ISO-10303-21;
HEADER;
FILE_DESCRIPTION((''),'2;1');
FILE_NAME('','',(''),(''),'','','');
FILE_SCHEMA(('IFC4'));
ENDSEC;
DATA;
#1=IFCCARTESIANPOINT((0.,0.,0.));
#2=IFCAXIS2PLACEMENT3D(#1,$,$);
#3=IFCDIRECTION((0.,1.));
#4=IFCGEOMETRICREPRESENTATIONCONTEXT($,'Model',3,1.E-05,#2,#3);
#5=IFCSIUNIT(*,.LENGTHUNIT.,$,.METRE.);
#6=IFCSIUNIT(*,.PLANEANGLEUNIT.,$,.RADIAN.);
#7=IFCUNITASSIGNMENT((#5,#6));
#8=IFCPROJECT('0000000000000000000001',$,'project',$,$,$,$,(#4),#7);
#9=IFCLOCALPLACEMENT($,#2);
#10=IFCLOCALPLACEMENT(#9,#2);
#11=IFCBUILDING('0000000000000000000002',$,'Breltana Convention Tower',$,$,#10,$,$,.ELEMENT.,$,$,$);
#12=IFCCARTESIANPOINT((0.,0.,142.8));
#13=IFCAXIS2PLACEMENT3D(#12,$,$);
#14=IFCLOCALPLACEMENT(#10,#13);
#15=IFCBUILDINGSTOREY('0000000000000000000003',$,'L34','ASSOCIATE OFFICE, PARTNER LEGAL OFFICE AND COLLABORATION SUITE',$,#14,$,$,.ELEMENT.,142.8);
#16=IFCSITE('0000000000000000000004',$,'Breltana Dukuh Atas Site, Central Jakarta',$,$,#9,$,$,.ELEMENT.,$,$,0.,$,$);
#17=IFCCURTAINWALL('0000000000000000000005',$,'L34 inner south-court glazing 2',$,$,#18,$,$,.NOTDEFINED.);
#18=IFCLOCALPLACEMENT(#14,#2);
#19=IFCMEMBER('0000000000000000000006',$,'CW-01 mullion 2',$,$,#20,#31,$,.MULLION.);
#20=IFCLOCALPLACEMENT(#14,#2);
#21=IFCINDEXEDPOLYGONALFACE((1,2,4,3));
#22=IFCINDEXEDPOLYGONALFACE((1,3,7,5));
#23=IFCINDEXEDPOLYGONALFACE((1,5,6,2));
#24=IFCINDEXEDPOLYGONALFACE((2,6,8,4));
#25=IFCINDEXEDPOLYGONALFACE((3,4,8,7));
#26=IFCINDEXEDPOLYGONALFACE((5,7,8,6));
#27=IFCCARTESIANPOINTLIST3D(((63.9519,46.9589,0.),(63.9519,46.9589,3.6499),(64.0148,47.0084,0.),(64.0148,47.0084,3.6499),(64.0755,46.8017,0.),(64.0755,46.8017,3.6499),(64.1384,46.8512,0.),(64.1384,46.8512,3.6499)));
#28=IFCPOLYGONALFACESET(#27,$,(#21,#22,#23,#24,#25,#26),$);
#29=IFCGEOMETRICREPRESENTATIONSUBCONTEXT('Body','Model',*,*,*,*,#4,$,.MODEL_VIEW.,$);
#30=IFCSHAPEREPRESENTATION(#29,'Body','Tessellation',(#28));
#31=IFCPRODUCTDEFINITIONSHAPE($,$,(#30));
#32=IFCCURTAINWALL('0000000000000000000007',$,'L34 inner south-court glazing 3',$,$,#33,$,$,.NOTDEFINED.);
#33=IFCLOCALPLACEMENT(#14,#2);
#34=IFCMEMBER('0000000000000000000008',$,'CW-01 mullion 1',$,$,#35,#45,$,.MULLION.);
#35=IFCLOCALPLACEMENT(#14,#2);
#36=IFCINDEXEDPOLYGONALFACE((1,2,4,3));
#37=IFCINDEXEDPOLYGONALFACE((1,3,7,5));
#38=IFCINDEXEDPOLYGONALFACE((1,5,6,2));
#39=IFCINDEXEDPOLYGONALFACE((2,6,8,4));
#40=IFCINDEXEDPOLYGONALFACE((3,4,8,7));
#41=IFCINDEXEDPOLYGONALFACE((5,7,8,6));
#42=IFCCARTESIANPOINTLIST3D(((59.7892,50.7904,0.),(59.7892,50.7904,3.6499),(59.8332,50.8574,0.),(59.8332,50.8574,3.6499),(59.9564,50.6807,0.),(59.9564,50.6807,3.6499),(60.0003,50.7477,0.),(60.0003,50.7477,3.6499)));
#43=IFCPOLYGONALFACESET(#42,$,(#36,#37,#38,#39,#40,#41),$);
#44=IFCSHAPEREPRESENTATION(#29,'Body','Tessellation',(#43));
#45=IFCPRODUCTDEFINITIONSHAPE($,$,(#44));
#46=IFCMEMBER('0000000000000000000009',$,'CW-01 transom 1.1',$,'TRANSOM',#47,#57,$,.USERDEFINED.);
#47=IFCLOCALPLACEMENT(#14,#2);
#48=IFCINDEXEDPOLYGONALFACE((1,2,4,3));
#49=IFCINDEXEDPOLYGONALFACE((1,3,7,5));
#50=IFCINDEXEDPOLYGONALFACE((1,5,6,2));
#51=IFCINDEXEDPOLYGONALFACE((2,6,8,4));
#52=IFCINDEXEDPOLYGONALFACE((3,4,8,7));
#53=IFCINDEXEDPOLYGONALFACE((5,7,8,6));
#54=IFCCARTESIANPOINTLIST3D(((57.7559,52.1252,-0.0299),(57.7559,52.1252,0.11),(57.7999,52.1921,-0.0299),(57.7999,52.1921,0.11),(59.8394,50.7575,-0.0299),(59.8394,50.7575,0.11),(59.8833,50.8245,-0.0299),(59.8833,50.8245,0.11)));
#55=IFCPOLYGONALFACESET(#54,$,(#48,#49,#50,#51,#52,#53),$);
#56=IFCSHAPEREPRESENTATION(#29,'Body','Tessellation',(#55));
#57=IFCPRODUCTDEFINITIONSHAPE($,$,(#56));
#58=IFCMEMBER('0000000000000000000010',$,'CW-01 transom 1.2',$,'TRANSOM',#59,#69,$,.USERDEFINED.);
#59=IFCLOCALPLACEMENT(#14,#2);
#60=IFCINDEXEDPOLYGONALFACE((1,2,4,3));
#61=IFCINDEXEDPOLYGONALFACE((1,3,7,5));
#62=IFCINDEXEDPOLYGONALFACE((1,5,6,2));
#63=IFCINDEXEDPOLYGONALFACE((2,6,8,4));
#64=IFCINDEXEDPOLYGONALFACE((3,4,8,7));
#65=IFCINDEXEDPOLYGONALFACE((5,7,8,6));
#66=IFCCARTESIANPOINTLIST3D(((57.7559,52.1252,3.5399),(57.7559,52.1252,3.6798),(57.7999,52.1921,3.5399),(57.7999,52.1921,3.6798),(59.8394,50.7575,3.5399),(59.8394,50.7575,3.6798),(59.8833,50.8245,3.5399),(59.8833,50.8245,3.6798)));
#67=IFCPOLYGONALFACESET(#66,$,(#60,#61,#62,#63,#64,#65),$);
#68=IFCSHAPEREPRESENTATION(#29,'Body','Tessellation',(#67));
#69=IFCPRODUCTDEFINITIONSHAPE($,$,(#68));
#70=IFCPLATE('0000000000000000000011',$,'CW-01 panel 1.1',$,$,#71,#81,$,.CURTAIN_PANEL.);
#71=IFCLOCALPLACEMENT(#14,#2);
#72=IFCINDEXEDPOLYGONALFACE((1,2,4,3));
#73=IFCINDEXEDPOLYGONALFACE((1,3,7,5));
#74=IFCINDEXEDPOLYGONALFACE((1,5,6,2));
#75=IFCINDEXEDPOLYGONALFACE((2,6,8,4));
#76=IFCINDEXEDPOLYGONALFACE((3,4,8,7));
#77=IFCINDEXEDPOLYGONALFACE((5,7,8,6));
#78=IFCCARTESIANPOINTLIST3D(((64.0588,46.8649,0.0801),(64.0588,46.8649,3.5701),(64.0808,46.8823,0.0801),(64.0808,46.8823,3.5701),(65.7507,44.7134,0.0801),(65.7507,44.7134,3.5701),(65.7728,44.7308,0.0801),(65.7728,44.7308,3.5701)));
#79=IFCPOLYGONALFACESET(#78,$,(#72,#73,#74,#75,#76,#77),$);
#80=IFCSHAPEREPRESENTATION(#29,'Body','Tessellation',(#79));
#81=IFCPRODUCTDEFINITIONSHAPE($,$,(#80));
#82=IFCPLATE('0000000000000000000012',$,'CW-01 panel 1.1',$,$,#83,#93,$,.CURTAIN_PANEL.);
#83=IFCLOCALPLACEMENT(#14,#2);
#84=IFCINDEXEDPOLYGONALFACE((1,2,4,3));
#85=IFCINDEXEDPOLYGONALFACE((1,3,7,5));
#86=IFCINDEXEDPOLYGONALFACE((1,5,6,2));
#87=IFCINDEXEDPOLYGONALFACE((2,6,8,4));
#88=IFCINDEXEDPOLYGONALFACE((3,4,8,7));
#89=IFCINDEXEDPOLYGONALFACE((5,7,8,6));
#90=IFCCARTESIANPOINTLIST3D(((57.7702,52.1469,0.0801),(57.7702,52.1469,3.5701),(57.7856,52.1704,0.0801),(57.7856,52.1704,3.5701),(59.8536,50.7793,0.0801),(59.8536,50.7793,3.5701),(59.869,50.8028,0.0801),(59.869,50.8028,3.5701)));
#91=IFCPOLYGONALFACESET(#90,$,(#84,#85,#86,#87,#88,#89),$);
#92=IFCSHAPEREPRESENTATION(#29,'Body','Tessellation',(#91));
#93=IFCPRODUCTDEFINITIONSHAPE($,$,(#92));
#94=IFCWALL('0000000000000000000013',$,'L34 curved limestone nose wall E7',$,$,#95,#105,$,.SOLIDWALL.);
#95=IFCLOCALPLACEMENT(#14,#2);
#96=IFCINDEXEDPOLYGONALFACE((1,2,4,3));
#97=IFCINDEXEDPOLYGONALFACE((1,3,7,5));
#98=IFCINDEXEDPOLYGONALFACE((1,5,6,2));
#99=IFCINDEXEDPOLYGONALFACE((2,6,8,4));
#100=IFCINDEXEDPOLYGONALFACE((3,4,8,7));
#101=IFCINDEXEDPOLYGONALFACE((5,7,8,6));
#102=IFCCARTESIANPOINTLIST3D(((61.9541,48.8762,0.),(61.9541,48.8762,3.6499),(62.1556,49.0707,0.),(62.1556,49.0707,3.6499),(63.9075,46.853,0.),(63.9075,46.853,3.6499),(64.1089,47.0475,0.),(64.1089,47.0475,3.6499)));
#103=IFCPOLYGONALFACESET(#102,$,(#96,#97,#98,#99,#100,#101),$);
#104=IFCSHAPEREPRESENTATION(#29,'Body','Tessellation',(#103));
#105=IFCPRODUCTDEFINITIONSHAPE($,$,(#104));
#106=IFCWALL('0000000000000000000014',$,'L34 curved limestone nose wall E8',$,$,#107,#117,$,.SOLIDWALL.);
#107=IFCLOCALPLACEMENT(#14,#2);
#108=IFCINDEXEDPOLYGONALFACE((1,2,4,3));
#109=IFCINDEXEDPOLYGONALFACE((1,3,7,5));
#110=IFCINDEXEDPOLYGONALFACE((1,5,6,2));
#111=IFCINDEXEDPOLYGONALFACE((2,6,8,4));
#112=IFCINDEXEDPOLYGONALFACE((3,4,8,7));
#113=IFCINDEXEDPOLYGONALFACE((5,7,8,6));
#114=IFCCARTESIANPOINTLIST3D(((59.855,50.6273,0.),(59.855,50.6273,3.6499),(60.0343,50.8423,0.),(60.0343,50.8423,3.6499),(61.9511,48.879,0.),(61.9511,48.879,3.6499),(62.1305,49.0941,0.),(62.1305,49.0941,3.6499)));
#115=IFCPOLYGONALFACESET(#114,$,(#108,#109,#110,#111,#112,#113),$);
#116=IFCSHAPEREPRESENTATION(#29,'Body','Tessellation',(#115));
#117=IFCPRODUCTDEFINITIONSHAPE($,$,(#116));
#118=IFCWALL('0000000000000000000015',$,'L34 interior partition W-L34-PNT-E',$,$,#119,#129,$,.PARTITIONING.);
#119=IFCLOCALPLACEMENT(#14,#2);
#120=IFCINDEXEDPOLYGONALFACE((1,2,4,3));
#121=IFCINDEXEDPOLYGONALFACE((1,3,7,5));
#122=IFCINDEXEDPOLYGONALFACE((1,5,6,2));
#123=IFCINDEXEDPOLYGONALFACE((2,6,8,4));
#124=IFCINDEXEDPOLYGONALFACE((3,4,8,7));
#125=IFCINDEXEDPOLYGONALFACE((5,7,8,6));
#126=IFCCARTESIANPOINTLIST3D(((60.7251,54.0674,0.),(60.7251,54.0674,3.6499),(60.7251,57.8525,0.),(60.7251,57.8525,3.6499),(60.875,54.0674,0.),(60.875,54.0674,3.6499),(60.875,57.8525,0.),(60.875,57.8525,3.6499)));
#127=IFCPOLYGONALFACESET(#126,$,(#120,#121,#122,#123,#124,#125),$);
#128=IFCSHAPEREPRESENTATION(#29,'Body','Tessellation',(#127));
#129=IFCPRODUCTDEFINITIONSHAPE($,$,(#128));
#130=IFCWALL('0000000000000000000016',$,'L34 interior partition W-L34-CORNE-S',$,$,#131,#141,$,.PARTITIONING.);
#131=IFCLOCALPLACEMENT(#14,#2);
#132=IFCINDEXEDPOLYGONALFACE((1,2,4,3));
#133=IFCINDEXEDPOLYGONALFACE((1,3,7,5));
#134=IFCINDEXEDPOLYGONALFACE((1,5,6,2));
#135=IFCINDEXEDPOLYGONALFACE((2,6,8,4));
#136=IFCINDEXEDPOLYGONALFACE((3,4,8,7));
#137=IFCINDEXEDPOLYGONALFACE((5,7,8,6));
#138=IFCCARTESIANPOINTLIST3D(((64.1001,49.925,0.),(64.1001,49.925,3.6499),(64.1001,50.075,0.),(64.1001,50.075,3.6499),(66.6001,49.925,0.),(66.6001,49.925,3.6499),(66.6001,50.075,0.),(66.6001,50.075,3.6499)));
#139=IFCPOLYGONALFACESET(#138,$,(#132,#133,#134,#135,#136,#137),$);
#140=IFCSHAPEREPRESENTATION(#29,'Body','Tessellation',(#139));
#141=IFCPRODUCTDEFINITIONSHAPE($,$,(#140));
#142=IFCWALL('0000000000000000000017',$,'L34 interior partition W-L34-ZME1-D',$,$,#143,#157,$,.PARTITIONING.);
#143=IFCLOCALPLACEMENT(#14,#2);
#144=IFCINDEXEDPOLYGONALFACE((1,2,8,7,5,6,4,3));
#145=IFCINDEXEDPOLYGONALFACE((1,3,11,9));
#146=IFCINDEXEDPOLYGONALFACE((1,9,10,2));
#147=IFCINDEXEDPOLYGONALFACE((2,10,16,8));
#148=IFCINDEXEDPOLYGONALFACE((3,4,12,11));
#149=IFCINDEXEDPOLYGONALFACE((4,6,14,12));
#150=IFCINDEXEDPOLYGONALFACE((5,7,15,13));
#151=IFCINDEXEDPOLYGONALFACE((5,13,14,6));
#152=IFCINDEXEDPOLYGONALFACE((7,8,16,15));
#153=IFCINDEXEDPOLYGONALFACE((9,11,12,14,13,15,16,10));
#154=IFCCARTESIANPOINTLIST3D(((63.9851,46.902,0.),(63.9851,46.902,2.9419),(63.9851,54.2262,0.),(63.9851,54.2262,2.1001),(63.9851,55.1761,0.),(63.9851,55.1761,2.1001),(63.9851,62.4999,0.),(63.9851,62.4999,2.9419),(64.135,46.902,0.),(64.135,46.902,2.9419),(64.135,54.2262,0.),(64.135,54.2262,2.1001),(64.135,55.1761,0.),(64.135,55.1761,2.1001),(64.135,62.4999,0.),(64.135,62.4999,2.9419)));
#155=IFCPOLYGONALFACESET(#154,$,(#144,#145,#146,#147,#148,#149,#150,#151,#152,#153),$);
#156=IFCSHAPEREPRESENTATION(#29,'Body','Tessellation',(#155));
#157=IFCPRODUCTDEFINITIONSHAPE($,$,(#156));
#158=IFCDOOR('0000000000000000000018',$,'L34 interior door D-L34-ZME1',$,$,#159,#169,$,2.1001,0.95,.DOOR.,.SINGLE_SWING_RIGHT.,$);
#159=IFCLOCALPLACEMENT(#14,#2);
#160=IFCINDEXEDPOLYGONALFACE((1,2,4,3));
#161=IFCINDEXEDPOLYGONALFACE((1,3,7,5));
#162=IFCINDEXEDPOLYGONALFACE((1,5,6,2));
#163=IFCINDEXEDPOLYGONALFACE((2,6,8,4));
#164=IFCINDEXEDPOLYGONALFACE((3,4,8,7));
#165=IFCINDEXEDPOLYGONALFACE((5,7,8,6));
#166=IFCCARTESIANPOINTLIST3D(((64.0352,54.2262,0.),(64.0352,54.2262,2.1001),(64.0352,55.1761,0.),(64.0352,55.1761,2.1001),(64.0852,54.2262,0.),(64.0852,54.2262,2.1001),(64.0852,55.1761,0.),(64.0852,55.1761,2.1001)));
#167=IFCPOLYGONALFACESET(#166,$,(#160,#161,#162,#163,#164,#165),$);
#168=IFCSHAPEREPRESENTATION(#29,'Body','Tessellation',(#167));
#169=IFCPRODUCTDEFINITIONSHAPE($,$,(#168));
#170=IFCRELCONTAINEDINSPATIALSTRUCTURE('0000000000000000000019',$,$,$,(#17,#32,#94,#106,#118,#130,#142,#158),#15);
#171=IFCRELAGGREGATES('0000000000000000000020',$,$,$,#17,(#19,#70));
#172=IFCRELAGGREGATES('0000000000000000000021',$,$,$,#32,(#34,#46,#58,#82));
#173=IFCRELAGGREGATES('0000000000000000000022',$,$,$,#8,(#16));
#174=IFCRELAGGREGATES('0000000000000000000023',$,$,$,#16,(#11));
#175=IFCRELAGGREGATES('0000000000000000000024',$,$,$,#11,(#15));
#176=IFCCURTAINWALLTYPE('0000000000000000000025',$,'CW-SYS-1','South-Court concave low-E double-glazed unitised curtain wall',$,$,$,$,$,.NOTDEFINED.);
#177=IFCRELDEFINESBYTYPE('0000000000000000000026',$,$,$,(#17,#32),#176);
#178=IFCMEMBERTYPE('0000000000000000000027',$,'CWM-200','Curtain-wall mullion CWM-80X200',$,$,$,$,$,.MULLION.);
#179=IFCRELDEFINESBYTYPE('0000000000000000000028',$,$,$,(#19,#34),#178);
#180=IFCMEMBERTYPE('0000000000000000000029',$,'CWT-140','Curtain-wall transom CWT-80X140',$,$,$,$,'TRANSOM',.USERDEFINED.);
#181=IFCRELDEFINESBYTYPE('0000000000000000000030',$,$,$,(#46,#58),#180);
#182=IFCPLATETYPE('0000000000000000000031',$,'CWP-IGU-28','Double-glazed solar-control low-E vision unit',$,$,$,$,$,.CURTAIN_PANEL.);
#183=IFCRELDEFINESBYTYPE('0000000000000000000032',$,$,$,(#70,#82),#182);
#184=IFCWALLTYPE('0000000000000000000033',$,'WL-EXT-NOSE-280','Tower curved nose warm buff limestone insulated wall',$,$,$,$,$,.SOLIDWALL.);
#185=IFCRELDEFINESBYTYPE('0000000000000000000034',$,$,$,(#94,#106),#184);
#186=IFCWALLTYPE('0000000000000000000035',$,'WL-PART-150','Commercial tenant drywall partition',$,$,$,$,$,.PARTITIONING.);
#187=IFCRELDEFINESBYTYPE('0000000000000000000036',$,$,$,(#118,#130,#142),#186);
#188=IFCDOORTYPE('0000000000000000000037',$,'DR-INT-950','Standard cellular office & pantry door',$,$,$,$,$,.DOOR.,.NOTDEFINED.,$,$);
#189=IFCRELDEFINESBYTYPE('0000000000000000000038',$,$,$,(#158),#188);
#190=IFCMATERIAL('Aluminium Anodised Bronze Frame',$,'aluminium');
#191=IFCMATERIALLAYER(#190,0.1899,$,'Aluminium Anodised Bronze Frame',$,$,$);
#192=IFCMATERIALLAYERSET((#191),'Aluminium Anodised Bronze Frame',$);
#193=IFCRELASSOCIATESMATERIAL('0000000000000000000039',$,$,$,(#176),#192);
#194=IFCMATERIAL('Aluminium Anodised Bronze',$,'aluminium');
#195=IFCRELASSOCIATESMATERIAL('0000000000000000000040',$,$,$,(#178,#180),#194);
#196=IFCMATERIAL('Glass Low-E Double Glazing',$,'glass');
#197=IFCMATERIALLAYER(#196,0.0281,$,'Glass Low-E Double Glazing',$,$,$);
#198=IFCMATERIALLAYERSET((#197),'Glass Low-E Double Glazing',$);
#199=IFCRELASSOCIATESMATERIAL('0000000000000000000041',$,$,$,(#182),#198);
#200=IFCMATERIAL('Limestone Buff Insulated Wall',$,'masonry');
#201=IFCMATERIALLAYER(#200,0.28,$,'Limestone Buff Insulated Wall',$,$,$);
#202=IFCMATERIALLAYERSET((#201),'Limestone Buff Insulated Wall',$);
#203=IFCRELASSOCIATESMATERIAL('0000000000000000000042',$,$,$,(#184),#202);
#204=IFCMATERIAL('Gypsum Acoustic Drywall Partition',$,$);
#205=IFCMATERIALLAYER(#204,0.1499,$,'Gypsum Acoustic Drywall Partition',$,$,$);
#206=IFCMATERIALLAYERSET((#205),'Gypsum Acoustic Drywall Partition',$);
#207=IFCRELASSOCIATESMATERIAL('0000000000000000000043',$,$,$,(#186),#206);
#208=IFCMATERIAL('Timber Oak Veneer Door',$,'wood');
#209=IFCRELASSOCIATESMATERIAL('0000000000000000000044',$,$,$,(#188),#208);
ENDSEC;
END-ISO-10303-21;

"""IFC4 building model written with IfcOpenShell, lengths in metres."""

from ifc_helpers import new_model, si_unit, direction, frame, frame_2d, origin, origin_2d, place, context, subcontext, project, spatial, rectangle, extrude, source, transform, mapped, material, layer, layer_set, material_profile, profile_set, type_object, type_shapes, element, fill, aggregate, save


model = new_model("IFC4")

# Units and contexts
model_context = context("Model", 3, precision=1e-05, world=origin(), true_north=direction((0.0, 1.0)))
body_context = subcontext(model_context, "Body", "Model", "MODEL_VIEW")
ifc_project = project(units=[si_unit("LENGTHUNIT", "METRE"), si_unit("PLANEANGLEUNIT", "RADIAN")], contexts=[model_context])

# Site, building, storey
site_placement = place(None, origin())
site = spatial("IfcSite", under=ifc_project, at=site_placement, Name="Breltana Dukuh Atas Site, Central Jakarta", CompositionType="ELEMENT", RefElevation=0.0)
building_placement = place(site_placement, origin())
building = spatial("IfcBuilding", under=site, at=building_placement, Name="Breltana Convention Tower", CompositionType="ELEMENT")
storey_placement = place(building_placement, frame((0.0, 0.0, 142.8)))
storey = spatial("IfcBuildingStorey", under=building, at=storey_placement, Name="L34", Description="ASSOCIATE OFFICE, PARTNER LEGAL OFFICE AND COLLABORATION SUITE", CompositionType="ELEMENT", Elevation=142.8)

# Curtain wall, member
ifc_material_1 = material(Name="Aluminium Anodised Bronze Frame", Category="aluminium")
ifc_layer_1 = layer(ifc_material_1, 0.1899, Name="Aluminium Anodised Bronze Frame")
ifc_layer_set_1 = layer_set([ifc_layer_1], Name="Aluminium Anodised Bronze Frame")
curtain_wall_type = type_object("IfcCurtainWallType", Name="CW-SYS-1", Description="South-Court concave low-E double-glazed unitised curtain wall", PredefinedType="NOTDEFINED", material=ifc_layer_set_1)
curtain_wall_1_placement = place(storey_placement, origin())
curtain_wall_1 = element("IfcCurtainWall", 1, at=curtain_wall_1_placement, inside=storey, type_object=curtain_wall_type, Name="L34 inner south-court glazing 2", PredefinedType="NOTDEFINED")
ifc_material_2 = material(Name="Aluminium Anodised Bronze", Category="aluminium")
ifc_material_profile_1 = material_profile(ifc_material_2, rectangle(XDim=0.0801, YDim=0.2, at=origin_2d()), Name="CWM-80X200")
ifc_profile_set_1 = profile_set([ifc_material_profile_1], Name="Aluminium Anodised Bronze")
member_type_1 = type_object("IfcMemberType", Name="CWM-200", Description="Curtain-wall mullion CWM-80X200", PredefinedType="MULLION", material=ifc_profile_set_1)
shared_shape_1 = source(origin(), body_context, "Body", "SweptSolid", [
    extrude(rectangle(XDim=0.0801, YDim=0.2, at=origin_2d()), origin(), (0.0, 0.0, 1.0), 3.6499),
])
member_1_placement = place(storey_placement, frame((64.0452, 46.905, 0.0), z_axis=(0.0, 0.0, 1.0), x_axis=(-0.786051, -0.618161, 0.0)))
member_1 = element("IfcMember", 2, at=member_1_placement, type_object=member_type_1, Name="CW-01 mullion 2", PredefinedType="MULLION", context=body_context, shape_type="MappedRepresentation", body=[
    mapped(shared_shape_1, transform((0.0, 0.0, 0.0), scale=1.0)),
])

# Curtain wall, members
curtain_wall_2_placement = place(storey_placement, origin())
curtain_wall_2 = element("IfcCurtainWall", 3, at=curtain_wall_2_placement, inside=storey, type_object=curtain_wall_type, Name="L34 inner south-court glazing 3", PredefinedType="NOTDEFINED")
member_2_placement = place(storey_placement, frame((59.8948, 50.769, 0.0), z_axis=(0.0, 0.0, 1.0), x_axis=(-0.548752, -0.835985, 0.0)))
member_2 = element("IfcMember", 4, at=member_2_placement, type_object=member_type_1, Name="CW-01 mullion 1", PredefinedType="MULLION", context=body_context, shape_type="MappedRepresentation", body=[
    mapped(shared_shape_1, transform((0.0, 0.0, 0.0), scale=1.0)),
])
ifc_material_profile_2 = material_profile(ifc_material_2, rectangle(XDim=0.0801, YDim=0.1399, at=origin_2d()), Name="CWT-80X140")
ifc_profile_set_2 = profile_set([ifc_material_profile_2], Name="Aluminium Anodised Bronze")
member_type_2 = type_object("IfcMemberType", Name="CWT-140", Description="Curtain-wall transom CWT-80X140", ElementType="TRANSOM", PredefinedType="USERDEFINED", material=ifc_profile_set_2)
shared_shape_2 = source(origin(), body_context, "Body", "SweptSolid", [
    extrude(rectangle(XDim=0.0801, YDim=0.1399, at=origin_2d()), origin(), (0.0, 0.0, 1.0), 2.4922),
])
member_3_placement = place(storey_placement, frame((59.8613, 50.791, 0.04), z_axis=(-0.835978, 0.548763, 0.0), x_axis=(-0.548763, -0.835978, 0.0)))
member_3 = element("IfcMember", 5, at=member_3_placement, type_object=member_type_2, Name="CW-01 transom 1.1", ObjectType="TRANSOM", PredefinedType="USERDEFINED", context=body_context, shape_type="MappedRepresentation", body=[
    mapped(shared_shape_2, transform((0.0, 0.0, 0.0), scale=1.0)),
])
member_4_placement = place(storey_placement, frame((59.8613, 50.791, 3.6099), z_axis=(-0.835978, 0.548763, 0.0), x_axis=(-0.548763, -0.835978, 0.0)))
member_4 = element("IfcMember", 6, at=member_4_placement, type_object=member_type_2, Name="CW-01 transom 1.2", ObjectType="TRANSOM", PredefinedType="USERDEFINED", context=body_context, shape_type="MappedRepresentation", body=[
    mapped(shared_shape_2, transform((0.0, 0.0, 0.0), scale=1.0)),
])

# Plates
ifc_material_3 = material(Name="Glass Low-E Double Glazing", Category="glass")
ifc_layer_2 = layer(ifc_material_3, 0.0281, Name="Glass Low-E Double Glazing")
ifc_layer_set_2 = layer_set([ifc_layer_2], Name="Glass Low-E Double Glazing")
plate_type = type_object("IfcPlateType", Name="CWP-IGU-28", Description="Double-glazed solar-control low-E vision unit", PredefinedType="CURTAIN_PANEL", material=ifc_layer_set_2)
shared_shape_3 = source(origin(), body_context, "Body", "SweptSolid", [
    extrude(rectangle(XDim=2.7371, YDim=0.0281, at=origin_2d()), origin(), (0.0, 0.0, 1.0), 3.49),
])
plate_1_placement = place(storey_placement, frame((64.9158, 45.7979, 0.0801), z_axis=(0.0, 0.0, 1.0), x_axis=(-0.618161, 0.786051, 0.0)))
plate_1 = element("IfcPlate", 7, at=plate_1_placement, type_object=plate_type, Name="CW-01 panel 1.1", PredefinedType="CURTAIN_PANEL", context=body_context, shape_type="MappedRepresentation", body=[
    mapped(shared_shape_3, transform((0.0, 0.0, 0.0), scale=1.0)),
])
aggregate(curtain_wall_1, [member_1, plate_1])
shared_shape_4 = source(origin(), body_context, "Body", "SweptSolid", [
    extrude(rectangle(XDim=2.4922, YDim=0.0281, at=origin_2d()), origin(), (0.0, 0.0, 1.0), 3.49),
])
plate_2_placement = place(storey_placement, frame((58.8196, 51.4749, 0.0801), z_axis=(0.0, 0.0, 1.0), x_axis=(-0.835985, 0.548752, 0.0)))
plate_2 = element("IfcPlate", 8, at=plate_2_placement, type_object=plate_type, Name="CW-01 panel 1.1", PredefinedType="CURTAIN_PANEL", context=body_context, shape_type="MappedRepresentation", body=[
    mapped(shared_shape_4, transform((0.0, 0.0, 0.0), scale=1.0)),
])
aggregate(curtain_wall_2, [member_2, member_3, member_4, plate_2])

# Walls
ifc_material_4 = material(Name="Limestone Buff Insulated Wall", Category="masonry")
ifc_layer_3 = layer(ifc_material_4, 0.28, Name="Limestone Buff Insulated Wall")
ifc_layer_set_3 = layer_set([ifc_layer_3], Name="Limestone Buff Insulated Wall")
wall_type_1 = type_object("IfcWallType", Name="WL-EXT-NOSE-280", Description="Tower curved nose warm buff limestone insulated wall", PredefinedType="SOLIDWALL", material=ifc_layer_set_3)
shared_shape_5 = source(origin(), body_context, "Body", "SweptSolid", [
    extrude(rectangle(XDim=2.8123, YDim=0.28, at=frame_2d((1.4062, 0.0))), origin(), (0.0, 0.0, 1.0), 3.6499),
])
wall_1_placement = place(storey_placement, frame((64.0083, 46.9502, 0.0), z_axis=(0.0, 0.0, 1.0), x_axis=(-0.694584, 0.719412, 0.0)))
element("IfcWall", 9, at=wall_1_placement, inside=storey, type_object=wall_type_1, Name="L34 curved limestone nose wall E7", PredefinedType="SOLIDWALL", context=body_context, shape_type="MappedRepresentation", body=[
    mapped(shared_shape_5, transform((0.0, 0.0, 0.0), scale=1.0)),
])
shared_shape_6 = source(origin(), body_context, "Body", "SweptSolid", [
    extrude(rectangle(XDim=2.7295, YDim=0.28, at=frame_2d((1.3647, 0.0))), origin(), (0.0, 0.0, 1.0), 3.6499),
])
wall_2_placement = place(storey_placement, frame((62.0408, 48.9866, 0.0), z_axis=(0.0, 0.0, 1.0), x_axis=(-0.767957, 0.640501, 0.0)))
element("IfcWall", 10, at=wall_2_placement, inside=storey, type_object=wall_type_1, Name="L34 curved limestone nose wall E8", PredefinedType="SOLIDWALL", context=body_context, shape_type="MappedRepresentation", body=[
    mapped(shared_shape_6, transform((0.0, 0.0, 0.0), scale=1.0)),
])
ifc_material_5 = material(Name="Gypsum Acoustic Drywall Partition")
ifc_layer_4 = layer(ifc_material_5, 0.1499, Name="Gypsum Acoustic Drywall Partition")
ifc_layer_set_4 = layer_set([ifc_layer_4], Name="Gypsum Acoustic Drywall Partition")
wall_type_2 = type_object("IfcWallType", Name="WL-PART-150", Description="Commercial tenant drywall partition", PredefinedType="PARTITIONING", material=ifc_layer_set_4)
shared_shape_7 = source(origin(), body_context, "Body", "SweptSolid", [
    extrude(rectangle(XDim=3.7852, YDim=0.1499, at=frame_2d((1.8926, 0.0))), origin(), (0.0, 0.0, 1.0), 3.6499),
])
wall_3_placement = place(storey_placement, frame((60.8, 54.0674, 0.0), z_axis=(0.0, 0.0, 1.0), x_axis=(0.0, 1.0, 0.0)))
element("IfcWall", 11, at=wall_3_placement, inside=storey, type_object=wall_type_2, Name="L34 interior partition W-L34-PNT-E", PredefinedType="PARTITIONING", context=body_context, shape_type="MappedRepresentation", body=[
    mapped(shared_shape_7, transform((0.0, 0.0, 0.0), scale=1.0)),
])
shared_shape_8 = source(origin(), body_context, "Body", "SweptSolid", [
    extrude(rectangle(XDim=2.5, YDim=0.1499, at=frame_2d((1.25, 0.0))), origin(), (0.0, 0.0, 1.0), 3.6499),
])
wall_4_placement = place(storey_placement, frame((64.1001, 50.0, 0.0), z_axis=(0.0, 0.0, 1.0), x_axis=(1.0, 0.0, 0.0)))
element("IfcWall", 12, at=wall_4_placement, inside=storey, type_object=wall_type_2, Name="L34 interior partition W-L34-CORNE-S", PredefinedType="PARTITIONING", context=body_context, shape_type="MappedRepresentation", body=[
    mapped(shared_shape_8, transform((0.0, 0.0, 0.0), scale=1.0)),
])

# Wall, opening, door
shared_shape_9 = source(origin(), body_context, "Body", "SweptSolid", [
    extrude(rectangle(XDim=15.5979, YDim=0.1499, at=frame_2d((7.7988, 0.0))), origin(), (0.0, 0.0, 1.0), 2.9419),
])
wall_5_placement = place(storey_placement, frame((64.0601, 46.9021, 0.0), z_axis=(0.0, 0.0, 1.0), x_axis=(0.0, 1.0, 0.0)))
wall_5 = element("IfcWall", 13, at=wall_5_placement, inside=storey, type_object=wall_type_2, Name="L34 interior partition W-L34-ZME1-D", PredefinedType="PARTITIONING", context=body_context, shape_type="MappedRepresentation", body=[
    mapped(shared_shape_9, transform((0.0, 0.0, 0.0), scale=1.0)),
])
opening_placement = place(wall_5_placement, frame((7.324, 0.0, 0.0)))
opening = element("IfcOpeningElement", 14, at=opening_placement, cuts=wall_5, PredefinedType="OPENING", context=body_context, shape_type="SweptSolid", body=[
    extrude(rectangle(XDim=0.95, YDim=2.1001, at=frame_2d((0.4751, 1.05))), frame((0.0, 0.085, 0.0), z_axis=(0.0, -1.0, 0.0), x_axis=(1.0, 0.0, 0.0)), (0.0, 0.0, 1.0), 0.1699),
])
ifc_material_6 = material(Name="Timber Oak Veneer Door", Category="wood")
door_type = type_object("IfcDoorType", Name="DR-INT-950", Description="Standard cellular office & pantry door", OperationType="NOTDEFINED", PredefinedType="DOOR", material=ifc_material_6)
shared_shape_10 = source(origin(), body_context, "Body", "SweptSolid", [
    extrude(rectangle(XDim=0.95, YDim=2.1001, at=frame_2d((0.4751, 1.05))), frame((0.0, 0.0249, 0.0), z_axis=(0.0, -1.0, 0.0), x_axis=(1.0, 0.0, 0.0)), (0.0, 0.0, 1.0), 0.05),
])
type_shapes(door_type, [shared_shape_10])
door_placement = place(opening_placement, origin())
door = element("IfcDoor", 15, at=door_placement, inside=storey, type_object=door_type, Name="L34 interior door D-L34-ZME1", OperationType="SINGLE_SWING_RIGHT", OverallHeight=2.1001, OverallWidth=0.95, PredefinedType="DOOR", context=body_context, shape_type="MappedRepresentation", body=[
    mapped(shared_shape_10, transform((0.0, 0.0, 0.0), scale=1.0)),
])
fill(opening, door)

save(model, "model.ifc")
